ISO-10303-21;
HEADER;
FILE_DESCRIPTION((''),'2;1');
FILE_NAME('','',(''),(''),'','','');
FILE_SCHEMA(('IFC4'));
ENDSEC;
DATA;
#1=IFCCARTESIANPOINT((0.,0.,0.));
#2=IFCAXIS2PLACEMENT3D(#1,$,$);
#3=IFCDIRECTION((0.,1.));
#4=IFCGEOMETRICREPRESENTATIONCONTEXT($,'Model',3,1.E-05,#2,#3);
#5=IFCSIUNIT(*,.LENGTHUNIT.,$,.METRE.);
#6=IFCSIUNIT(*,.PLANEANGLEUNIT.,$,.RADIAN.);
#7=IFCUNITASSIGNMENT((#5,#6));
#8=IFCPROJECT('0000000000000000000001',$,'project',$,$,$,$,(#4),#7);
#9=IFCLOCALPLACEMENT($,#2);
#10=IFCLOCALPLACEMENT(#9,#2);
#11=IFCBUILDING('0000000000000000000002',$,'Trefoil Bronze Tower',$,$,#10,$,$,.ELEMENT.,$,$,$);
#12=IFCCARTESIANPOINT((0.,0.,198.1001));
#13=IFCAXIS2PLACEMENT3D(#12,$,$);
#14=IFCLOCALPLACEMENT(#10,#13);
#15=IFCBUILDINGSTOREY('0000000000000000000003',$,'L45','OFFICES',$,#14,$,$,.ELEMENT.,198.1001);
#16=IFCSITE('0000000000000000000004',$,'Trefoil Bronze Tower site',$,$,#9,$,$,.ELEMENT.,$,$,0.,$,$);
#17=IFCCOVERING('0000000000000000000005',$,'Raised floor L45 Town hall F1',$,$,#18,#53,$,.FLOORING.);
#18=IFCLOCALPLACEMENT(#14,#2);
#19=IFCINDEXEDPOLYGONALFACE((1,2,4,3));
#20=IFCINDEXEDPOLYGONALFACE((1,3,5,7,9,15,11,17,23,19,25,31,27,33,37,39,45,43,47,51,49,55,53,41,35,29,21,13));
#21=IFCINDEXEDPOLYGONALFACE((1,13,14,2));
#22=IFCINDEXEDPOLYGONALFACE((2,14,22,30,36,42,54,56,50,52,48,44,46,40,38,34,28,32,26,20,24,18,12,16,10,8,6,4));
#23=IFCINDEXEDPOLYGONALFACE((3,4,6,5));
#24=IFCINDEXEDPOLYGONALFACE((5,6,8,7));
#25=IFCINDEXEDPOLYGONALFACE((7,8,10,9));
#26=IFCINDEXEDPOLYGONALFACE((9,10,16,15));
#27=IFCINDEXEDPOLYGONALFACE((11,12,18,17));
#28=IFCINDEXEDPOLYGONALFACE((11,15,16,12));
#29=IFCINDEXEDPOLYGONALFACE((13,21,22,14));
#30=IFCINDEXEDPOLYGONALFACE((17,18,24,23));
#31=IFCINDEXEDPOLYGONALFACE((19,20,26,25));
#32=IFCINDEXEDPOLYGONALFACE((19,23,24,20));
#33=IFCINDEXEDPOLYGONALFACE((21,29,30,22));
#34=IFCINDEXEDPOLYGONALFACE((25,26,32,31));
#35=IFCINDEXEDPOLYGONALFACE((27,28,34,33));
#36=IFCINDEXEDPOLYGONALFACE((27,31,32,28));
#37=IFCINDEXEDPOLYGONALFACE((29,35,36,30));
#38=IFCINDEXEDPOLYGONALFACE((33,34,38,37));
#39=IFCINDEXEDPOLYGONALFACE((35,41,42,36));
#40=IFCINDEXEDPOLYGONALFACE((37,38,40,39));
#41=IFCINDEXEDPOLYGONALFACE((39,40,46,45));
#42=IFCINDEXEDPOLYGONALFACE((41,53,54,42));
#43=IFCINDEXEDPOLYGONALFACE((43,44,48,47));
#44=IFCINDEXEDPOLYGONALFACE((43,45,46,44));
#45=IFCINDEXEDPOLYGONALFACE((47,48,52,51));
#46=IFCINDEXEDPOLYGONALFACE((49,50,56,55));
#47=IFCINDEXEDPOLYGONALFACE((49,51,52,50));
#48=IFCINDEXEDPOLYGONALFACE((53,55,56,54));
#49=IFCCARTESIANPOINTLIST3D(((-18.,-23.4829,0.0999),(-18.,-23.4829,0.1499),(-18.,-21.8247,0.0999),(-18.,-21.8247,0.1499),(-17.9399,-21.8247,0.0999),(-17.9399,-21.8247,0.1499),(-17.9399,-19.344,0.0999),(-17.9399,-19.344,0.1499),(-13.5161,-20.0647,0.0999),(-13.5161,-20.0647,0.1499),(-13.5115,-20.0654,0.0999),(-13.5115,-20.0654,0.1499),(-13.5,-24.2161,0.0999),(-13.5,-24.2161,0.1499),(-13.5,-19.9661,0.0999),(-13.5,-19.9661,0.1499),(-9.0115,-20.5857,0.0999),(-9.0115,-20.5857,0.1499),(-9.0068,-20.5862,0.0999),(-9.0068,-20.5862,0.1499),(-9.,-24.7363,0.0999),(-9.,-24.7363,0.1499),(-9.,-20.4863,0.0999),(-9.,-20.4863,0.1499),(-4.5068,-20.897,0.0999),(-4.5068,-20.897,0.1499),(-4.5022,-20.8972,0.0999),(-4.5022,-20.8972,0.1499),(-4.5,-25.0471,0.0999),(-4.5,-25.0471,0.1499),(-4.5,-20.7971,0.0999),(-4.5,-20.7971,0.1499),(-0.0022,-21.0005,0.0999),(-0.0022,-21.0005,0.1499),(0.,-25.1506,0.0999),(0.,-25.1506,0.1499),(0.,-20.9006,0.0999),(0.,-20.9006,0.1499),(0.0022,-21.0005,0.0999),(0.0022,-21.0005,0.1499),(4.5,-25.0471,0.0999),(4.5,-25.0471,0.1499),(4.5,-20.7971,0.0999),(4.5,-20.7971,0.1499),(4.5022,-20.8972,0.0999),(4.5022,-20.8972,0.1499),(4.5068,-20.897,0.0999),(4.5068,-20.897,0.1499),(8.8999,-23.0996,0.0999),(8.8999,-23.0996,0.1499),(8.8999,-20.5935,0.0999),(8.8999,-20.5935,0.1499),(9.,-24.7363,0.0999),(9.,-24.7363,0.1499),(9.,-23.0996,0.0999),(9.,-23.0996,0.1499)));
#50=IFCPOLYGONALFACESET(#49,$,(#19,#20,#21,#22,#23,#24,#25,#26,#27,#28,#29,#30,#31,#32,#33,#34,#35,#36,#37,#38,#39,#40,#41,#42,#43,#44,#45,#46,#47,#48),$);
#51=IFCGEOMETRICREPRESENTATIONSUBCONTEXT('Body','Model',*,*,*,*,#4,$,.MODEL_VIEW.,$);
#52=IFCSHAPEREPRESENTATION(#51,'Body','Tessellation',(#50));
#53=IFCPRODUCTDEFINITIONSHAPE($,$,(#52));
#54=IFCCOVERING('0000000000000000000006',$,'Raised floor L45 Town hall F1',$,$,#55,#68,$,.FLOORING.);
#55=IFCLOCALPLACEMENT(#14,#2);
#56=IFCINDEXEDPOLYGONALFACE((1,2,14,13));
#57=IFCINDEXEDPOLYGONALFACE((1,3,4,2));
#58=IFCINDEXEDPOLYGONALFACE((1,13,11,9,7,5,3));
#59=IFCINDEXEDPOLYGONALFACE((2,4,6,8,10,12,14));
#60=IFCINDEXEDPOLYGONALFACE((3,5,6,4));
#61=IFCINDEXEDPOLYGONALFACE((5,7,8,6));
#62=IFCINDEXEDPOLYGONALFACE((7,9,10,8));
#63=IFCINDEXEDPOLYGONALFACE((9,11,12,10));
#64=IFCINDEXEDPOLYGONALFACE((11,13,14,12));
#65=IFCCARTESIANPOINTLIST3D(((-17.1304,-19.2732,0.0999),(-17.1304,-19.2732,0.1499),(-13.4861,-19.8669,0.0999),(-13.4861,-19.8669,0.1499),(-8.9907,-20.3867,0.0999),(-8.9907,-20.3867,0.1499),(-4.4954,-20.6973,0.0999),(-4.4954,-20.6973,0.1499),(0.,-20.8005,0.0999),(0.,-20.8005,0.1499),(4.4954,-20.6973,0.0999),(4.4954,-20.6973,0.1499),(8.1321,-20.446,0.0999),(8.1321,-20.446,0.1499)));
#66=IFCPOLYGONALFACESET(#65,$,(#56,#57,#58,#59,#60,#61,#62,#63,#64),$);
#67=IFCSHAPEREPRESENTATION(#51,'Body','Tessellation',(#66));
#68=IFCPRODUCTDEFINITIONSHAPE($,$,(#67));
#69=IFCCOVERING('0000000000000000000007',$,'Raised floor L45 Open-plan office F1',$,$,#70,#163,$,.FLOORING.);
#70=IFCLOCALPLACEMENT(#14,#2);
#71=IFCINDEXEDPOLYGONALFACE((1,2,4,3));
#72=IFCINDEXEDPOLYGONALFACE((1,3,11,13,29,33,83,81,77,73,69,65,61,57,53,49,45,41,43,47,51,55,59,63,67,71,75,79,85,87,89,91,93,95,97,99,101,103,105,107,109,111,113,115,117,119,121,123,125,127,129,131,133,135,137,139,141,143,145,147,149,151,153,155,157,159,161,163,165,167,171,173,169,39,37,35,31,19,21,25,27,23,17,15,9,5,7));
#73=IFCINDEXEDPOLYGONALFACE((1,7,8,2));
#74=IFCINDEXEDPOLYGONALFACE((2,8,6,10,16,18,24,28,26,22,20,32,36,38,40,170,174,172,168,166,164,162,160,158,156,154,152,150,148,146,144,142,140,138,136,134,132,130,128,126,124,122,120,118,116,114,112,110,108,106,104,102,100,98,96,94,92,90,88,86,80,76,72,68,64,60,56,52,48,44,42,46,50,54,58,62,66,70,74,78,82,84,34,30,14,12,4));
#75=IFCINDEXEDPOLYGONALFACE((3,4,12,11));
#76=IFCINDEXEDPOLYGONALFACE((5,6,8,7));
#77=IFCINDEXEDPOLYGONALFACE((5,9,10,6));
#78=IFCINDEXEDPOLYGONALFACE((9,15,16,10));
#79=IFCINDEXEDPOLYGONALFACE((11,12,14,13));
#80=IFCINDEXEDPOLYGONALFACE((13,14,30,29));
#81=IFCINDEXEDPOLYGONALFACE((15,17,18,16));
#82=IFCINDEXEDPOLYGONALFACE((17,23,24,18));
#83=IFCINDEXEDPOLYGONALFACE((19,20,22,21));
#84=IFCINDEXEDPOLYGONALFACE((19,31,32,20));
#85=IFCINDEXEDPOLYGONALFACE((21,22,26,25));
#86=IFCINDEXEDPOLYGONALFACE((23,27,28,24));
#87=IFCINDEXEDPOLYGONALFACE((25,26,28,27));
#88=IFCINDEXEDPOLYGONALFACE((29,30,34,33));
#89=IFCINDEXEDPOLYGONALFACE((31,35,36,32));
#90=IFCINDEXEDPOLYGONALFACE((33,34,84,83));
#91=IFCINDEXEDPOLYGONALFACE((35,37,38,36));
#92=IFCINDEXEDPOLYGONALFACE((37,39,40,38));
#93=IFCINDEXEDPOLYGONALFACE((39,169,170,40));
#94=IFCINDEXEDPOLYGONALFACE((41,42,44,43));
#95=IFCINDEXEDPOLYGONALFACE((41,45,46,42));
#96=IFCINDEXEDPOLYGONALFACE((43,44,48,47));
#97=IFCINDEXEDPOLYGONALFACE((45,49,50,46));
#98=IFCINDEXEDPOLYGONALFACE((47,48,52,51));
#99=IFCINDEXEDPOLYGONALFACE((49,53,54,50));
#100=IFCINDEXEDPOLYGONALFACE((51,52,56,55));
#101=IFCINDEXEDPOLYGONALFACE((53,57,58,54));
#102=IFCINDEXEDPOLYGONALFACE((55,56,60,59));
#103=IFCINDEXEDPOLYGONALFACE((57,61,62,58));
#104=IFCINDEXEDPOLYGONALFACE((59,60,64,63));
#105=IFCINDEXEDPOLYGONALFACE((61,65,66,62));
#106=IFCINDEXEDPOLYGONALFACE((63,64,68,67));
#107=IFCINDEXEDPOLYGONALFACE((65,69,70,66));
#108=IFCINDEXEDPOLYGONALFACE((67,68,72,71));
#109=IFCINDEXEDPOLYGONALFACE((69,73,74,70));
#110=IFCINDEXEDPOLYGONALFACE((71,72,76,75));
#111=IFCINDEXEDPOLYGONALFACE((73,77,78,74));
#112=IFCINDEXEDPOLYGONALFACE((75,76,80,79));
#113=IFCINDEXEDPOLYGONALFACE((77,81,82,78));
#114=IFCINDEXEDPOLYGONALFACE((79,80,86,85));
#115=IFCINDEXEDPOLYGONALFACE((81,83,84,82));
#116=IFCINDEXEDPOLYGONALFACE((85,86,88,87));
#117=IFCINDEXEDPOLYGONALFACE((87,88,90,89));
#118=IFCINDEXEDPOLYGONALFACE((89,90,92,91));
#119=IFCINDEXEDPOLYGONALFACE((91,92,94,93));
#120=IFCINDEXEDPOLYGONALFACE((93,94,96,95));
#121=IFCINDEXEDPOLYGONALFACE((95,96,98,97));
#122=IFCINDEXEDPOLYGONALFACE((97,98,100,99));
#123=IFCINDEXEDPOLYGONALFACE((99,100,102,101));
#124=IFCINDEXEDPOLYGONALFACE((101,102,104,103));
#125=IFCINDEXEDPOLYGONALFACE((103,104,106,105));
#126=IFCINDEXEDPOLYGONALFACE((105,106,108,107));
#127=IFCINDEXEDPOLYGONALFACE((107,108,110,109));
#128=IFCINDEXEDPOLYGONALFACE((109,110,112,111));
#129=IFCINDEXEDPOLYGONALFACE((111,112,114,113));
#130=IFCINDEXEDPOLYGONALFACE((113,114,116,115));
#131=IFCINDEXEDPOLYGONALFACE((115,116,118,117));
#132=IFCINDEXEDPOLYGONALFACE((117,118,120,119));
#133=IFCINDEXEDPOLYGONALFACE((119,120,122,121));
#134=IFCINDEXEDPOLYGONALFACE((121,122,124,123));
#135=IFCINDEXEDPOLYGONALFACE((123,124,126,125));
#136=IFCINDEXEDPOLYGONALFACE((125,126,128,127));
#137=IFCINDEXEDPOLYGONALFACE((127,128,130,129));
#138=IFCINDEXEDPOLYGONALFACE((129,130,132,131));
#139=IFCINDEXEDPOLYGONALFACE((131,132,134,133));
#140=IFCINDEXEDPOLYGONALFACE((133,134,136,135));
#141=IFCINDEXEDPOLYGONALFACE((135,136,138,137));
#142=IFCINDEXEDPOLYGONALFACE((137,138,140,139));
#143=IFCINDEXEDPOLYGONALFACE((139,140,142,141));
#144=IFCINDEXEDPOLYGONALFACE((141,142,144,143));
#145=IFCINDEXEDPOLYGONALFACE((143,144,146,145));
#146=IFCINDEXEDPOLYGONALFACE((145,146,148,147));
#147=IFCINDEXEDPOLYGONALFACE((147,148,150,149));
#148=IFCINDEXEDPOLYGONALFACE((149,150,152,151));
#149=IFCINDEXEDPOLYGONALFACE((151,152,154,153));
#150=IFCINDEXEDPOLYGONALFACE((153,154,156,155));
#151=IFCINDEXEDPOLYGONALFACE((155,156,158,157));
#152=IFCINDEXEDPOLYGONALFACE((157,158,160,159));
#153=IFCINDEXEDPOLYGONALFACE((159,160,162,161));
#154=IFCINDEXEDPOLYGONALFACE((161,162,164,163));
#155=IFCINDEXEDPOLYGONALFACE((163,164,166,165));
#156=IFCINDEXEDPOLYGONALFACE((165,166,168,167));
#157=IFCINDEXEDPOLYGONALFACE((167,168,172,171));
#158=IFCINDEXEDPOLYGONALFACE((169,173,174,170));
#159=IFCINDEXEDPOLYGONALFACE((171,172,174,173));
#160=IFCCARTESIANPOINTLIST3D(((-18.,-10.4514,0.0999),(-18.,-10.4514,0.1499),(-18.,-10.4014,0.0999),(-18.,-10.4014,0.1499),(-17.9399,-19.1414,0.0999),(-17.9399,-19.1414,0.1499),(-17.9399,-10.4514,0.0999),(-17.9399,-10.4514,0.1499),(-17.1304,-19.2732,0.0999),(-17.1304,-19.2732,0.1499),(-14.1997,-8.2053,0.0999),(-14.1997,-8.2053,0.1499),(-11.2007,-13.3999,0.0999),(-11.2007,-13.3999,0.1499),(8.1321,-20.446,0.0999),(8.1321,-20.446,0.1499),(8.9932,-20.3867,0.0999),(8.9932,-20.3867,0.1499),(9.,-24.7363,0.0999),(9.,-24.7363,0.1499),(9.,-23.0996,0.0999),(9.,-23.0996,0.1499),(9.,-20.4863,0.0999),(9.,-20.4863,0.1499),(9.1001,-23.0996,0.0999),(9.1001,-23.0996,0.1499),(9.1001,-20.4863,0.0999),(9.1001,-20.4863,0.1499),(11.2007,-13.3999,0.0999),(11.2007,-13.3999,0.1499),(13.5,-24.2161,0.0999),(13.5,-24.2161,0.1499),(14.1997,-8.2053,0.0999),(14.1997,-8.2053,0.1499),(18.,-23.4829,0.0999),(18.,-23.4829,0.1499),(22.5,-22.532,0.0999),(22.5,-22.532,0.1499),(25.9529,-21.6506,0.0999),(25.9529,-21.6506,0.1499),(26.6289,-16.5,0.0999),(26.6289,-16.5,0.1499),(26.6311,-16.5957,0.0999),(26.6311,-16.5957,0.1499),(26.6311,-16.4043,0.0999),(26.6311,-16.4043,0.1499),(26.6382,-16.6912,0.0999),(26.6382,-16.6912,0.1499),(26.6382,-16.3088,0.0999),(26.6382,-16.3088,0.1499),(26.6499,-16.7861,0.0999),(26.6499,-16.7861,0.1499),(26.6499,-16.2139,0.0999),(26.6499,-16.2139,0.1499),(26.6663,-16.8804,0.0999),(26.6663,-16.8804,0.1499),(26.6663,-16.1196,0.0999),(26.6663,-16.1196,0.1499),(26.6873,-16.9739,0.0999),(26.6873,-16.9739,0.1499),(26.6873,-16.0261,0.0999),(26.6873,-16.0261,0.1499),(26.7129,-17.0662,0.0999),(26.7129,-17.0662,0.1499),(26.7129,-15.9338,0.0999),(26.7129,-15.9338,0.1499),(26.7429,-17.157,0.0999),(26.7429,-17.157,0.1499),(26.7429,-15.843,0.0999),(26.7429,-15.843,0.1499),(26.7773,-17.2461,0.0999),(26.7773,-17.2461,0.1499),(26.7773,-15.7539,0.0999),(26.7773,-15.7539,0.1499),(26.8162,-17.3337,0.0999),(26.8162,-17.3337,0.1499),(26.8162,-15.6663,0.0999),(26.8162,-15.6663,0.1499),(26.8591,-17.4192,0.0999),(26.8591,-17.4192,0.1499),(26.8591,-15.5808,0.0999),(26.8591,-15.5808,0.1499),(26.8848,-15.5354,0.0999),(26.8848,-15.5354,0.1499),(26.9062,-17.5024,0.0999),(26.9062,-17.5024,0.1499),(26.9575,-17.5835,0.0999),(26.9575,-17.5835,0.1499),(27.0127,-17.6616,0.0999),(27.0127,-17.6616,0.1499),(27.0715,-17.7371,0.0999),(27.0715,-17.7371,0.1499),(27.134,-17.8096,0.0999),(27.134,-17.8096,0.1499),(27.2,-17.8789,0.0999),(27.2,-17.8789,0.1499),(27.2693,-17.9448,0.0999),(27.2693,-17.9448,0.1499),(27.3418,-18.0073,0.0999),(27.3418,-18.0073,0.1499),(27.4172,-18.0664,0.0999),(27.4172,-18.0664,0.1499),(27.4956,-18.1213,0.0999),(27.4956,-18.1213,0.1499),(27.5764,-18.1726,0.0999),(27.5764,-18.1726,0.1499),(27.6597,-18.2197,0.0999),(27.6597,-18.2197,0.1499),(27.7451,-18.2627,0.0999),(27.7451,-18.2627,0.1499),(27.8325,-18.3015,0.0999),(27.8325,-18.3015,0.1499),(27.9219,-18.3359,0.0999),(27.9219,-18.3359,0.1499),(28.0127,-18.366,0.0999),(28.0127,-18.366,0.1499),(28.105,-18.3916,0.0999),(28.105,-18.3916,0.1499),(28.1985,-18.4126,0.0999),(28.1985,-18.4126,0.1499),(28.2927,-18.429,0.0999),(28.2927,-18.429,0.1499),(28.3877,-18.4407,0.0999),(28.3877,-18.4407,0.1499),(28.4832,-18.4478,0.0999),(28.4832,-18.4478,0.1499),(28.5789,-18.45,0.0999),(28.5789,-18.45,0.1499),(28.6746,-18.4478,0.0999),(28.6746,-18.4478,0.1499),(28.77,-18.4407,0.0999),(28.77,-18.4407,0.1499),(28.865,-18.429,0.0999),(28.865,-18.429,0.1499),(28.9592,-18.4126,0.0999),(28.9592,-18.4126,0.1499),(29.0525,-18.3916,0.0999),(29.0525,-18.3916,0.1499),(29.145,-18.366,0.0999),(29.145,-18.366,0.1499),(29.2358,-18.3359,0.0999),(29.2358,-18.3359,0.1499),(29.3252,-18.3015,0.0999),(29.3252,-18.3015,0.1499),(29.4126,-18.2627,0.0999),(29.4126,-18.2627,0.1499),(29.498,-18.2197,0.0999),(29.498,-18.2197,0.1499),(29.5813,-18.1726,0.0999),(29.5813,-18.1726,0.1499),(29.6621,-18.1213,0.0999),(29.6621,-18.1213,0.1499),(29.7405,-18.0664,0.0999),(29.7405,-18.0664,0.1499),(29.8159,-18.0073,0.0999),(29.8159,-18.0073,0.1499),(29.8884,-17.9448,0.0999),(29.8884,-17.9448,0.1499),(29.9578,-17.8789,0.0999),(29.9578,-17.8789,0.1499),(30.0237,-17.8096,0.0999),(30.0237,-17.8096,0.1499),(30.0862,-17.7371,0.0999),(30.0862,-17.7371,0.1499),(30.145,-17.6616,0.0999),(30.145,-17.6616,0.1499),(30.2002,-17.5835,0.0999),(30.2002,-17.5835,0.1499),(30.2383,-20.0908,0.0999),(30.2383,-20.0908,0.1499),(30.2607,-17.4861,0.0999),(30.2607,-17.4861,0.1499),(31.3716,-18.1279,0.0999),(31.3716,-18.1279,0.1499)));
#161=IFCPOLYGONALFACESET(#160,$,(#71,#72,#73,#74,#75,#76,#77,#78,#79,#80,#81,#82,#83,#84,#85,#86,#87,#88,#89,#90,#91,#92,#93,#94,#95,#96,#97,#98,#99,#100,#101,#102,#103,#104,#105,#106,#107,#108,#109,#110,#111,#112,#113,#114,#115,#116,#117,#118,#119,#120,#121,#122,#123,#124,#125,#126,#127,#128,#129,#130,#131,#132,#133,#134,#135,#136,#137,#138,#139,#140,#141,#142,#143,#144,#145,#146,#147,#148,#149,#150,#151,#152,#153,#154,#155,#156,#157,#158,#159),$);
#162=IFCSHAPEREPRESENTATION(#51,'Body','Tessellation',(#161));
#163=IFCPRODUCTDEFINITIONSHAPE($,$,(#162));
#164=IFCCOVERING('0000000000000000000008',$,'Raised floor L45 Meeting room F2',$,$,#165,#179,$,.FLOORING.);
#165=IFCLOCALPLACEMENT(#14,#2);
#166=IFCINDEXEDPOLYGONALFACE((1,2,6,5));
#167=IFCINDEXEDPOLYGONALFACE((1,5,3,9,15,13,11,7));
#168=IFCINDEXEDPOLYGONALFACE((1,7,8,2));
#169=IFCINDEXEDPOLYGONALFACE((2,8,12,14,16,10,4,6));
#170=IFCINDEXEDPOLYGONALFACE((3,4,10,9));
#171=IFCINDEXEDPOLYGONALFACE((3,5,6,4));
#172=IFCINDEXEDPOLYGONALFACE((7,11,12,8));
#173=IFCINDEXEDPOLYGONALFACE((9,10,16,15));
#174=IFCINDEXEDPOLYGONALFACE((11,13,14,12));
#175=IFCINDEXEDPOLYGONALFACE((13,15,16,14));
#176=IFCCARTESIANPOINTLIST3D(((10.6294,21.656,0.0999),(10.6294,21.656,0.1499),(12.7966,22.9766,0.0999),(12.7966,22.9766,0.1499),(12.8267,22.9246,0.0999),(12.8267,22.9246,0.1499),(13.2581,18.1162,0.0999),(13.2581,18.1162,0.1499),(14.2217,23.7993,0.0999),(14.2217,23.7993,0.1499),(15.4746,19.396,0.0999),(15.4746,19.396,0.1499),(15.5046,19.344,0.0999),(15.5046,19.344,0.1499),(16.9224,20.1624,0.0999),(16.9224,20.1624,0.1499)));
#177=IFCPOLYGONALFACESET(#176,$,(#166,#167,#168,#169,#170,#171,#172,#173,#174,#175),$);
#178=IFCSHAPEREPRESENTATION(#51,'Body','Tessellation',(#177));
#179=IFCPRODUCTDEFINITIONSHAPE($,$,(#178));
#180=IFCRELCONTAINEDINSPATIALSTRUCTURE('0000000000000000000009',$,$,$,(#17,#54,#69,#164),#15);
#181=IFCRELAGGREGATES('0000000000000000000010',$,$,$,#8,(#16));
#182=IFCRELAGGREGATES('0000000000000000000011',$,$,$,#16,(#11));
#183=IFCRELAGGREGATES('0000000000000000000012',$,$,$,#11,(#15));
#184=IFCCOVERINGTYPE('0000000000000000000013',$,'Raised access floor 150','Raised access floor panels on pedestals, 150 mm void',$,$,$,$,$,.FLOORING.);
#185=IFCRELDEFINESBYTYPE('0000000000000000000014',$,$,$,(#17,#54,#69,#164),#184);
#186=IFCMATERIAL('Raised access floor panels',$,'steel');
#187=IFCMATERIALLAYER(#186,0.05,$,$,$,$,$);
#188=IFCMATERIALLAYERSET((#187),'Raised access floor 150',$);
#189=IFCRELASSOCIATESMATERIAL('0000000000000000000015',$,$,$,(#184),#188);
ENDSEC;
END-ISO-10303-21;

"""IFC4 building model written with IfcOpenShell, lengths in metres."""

from ifc_helpers import new_model, si_unit, direction, frame, origin, place, context, subcontext, project, spatial, polyline, outline, extrude, material, layer, layer_set, type_object, element, save


model = new_model("IFC4")

# Units and contexts
model_context = context("Model", 3, precision=1e-05, world=origin(), true_north=direction((0.0, 1.0)))
body_context = subcontext(model_context, "Body", "Model", "MODEL_VIEW")
ifc_project = project(units=[si_unit("LENGTHUNIT", "METRE"), si_unit("PLANEANGLEUNIT", "RADIAN")], contexts=[model_context])

# Site, building, storey
site_placement = place(None, origin())
site = spatial("IfcSite", under=ifc_project, at=site_placement, Name="Trefoil Bronze Tower site", CompositionType="ELEMENT", RefElevation=0.0)
building_placement = place(site_placement, origin())
building = spatial("IfcBuilding", under=site, at=building_placement, Name="Trefoil Bronze Tower", CompositionType="ELEMENT")
storey_placement = place(building_placement, frame((0.0, 0.0, 198.1001)))
storey = spatial("IfcBuildingStorey", under=building, at=storey_placement, Name="L45", Description="OFFICES", CompositionType="ELEMENT", Elevation=198.1001)

# Coverings
ifc_material_1 = material(Name="Raised access floor panels", Category="steel")
ifc_layer_1 = layer(ifc_material_1, 0.05)
ifc_layer_set_1 = layer_set([ifc_layer_1], Name="Raised access floor 150")
covering_type_1 = type_object("IfcCoveringType", Name="Raised access floor 150", Description="Raised access floor panels on pedestals, 150 mm void", PredefinedType="FLOORING", material=ifc_layer_set_1)
covering_1_placement = place(storey_placement, frame((0.0, 0.0, 0.0999)))
element("IfcCovering", 1, at=covering_1_placement, inside=storey, type_object=covering_type_1, Name="Raised floor L45 Town hall F1", PredefinedType="FLOORING", context=body_context, shape_type="SweptSolid", body=[
    extrude(outline(polyline([(-13.5, -24.2161), (-18.0, -23.4829), (-18.0, -21.8247), (-17.9399, -21.8247), (-17.9399, -19.344), (-13.5161, -20.0647), (-13.5, -19.9661), (-13.5115, -20.0654), (-9.0115, -20.5857), (-9.0, -20.4863), (-9.0068, -20.5862), (-4.5068, -20.897), (-4.5, -20.7971), (-4.5022, -20.8972), (-0.0022, -21.0005), (0.0, -20.9006), (0.0022, -21.0005), (4.5022, -20.8972), (4.5, -20.7971), (4.5068, -20.897), (8.8999, -20.5935), (8.8999, -23.0996), (9.0, -23.0996), (9.0, -24.7363), (4.5, -25.0471), (0.0, -25.1506), (-4.5, -25.0471), (-9.0, -24.7363), (-13.5, -24.2161)])), origin(), (0.0, 0.0, 1.0), 0.05),
])
covering_2_placement = place(storey_placement, frame((0.0, 0.0, 0.0999)))
element("IfcCovering", 2, at=covering_2_placement, inside=storey, type_object=covering_type_1, Name="Raised floor L45 Town hall F1", PredefinedType="FLOORING", context=body_context, shape_type="SweptSolid", body=[
    extrude(outline(polyline([(8.1321, -20.446), (4.4954, -20.6973), (0.0, -20.8005), (-4.4954, -20.6973), (-8.9907, -20.3867), (-13.4861, -19.8669), (-17.1304, -19.2732), (8.1321, -20.446)])), origin(), (0.0, 0.0, 1.0), 0.05),
])
covering_3_placement = place(storey_placement, frame((0.0, 0.0, 0.0999)))
element("IfcCovering", 3, at=covering_3_placement, inside=storey, type_object=covering_type_1, Name="Raised floor L45 Open-plan office F1", PredefinedType="FLOORING", context=body_context, shape_type="SweptSolid", body=[
    extrude(outline(polyline([(-14.1997, -8.2053), (-11.2007, -13.3999), (11.2007, -13.3999), (14.1997, -8.2053), (26.8848, -15.5354), (26.8591, -15.5808), (26.8162, -15.6663), (26.7773, -15.7539), (26.7429, -15.843), (26.7129, -15.9338), (26.6873, -16.0261), (26.6663, -16.1196), (26.6499, -16.2139), (26.6382, -16.3088), (26.6311, -16.4043), (26.6289, -16.5), (26.6311, -16.5957), (26.6382, -16.6912), (26.6499, -16.7861), (26.6663, -16.8804), (26.6873, -16.9739), (26.7129, -17.0662), (26.7429, -17.157), (26.7773, -17.2461), (26.8162, -17.3337), (26.8591, -17.4192), (26.9062, -17.5024), (26.9575, -17.5835), (27.0127, -17.6616), (27.0715, -17.7371), (27.134, -17.8096), (27.2, -17.8789), (27.2693, -17.9448), (27.3418, -18.0073), (27.4172, -18.0664), (27.4956, -18.1213), (27.5764, -18.1726), (27.6597, -18.2197), (27.7451, -18.2627), (27.8325, -18.3015), (27.9219, -18.3359), (28.0127, -18.366), (28.105, -18.3916), (28.1985, -18.4126), (28.2927, -18.429), (28.3877, -18.4407), (28.4832, -18.4478), (28.5789, -18.45), (28.6746, -18.4478), (28.77, -18.4407), (28.865, -18.429), (28.9592, -18.4126), (29.0525, -18.3916), (29.145, -18.366), (29.2358, -18.3359), (29.3252, -18.3015), (29.4126, -18.2627), (29.498, -18.2197), (29.5813, -18.1726), (29.6621, -18.1213), (29.7405, -18.0664), (29.8159, -18.0073), (29.8884, -17.9448), (29.9578, -17.8789), (30.0237, -17.8096), (30.0862, -17.7371), (30.145, -17.6616), (30.2002, -17.5835), (30.2607, -17.4861), (31.3716, -18.1279), (30.2383, -20.0908), (25.9529, -21.6506), (22.5, -22.532), (18.0, -23.4829), (13.5, -24.2161), (9.0, -24.7363), (9.0, -23.0996), (9.1001, -23.0996), (9.1001, -20.4863), (9.0, -20.4863), (8.9932, -20.3867), (8.1321, -20.446), (-17.1304, -19.2732), (-17.9399, -19.1414), (-17.9399, -10.4514), (-18.0, -10.4514), (-18.0, -10.4014), (-14.1997, -8.2053)])), origin(), (0.0, 0.0, 1.0), 0.05),
])
covering_4_placement = place(storey_placement, frame((0.0, 0.0, 0.0999)))
element("IfcCovering", 4, at=covering_4_placement, inside=storey, type_object=covering_type_1, Name="Raised floor L45 Meeting room F2", PredefinedType="FLOORING", context=body_context, shape_type="SweptSolid", body=[
    extrude(outline(polyline([(16.9224, 20.1624), (15.5046, 19.344), (15.4746, 19.396), (13.2581, 18.1162), (10.6294, 21.656), (12.8267, 22.9246), (12.7966, 22.9766), (14.2217, 23.7993), (16.9224, 20.1624)])), origin(), (0.0, 0.0, 1.0), 0.05),
])

save(model, "model.ifc")
